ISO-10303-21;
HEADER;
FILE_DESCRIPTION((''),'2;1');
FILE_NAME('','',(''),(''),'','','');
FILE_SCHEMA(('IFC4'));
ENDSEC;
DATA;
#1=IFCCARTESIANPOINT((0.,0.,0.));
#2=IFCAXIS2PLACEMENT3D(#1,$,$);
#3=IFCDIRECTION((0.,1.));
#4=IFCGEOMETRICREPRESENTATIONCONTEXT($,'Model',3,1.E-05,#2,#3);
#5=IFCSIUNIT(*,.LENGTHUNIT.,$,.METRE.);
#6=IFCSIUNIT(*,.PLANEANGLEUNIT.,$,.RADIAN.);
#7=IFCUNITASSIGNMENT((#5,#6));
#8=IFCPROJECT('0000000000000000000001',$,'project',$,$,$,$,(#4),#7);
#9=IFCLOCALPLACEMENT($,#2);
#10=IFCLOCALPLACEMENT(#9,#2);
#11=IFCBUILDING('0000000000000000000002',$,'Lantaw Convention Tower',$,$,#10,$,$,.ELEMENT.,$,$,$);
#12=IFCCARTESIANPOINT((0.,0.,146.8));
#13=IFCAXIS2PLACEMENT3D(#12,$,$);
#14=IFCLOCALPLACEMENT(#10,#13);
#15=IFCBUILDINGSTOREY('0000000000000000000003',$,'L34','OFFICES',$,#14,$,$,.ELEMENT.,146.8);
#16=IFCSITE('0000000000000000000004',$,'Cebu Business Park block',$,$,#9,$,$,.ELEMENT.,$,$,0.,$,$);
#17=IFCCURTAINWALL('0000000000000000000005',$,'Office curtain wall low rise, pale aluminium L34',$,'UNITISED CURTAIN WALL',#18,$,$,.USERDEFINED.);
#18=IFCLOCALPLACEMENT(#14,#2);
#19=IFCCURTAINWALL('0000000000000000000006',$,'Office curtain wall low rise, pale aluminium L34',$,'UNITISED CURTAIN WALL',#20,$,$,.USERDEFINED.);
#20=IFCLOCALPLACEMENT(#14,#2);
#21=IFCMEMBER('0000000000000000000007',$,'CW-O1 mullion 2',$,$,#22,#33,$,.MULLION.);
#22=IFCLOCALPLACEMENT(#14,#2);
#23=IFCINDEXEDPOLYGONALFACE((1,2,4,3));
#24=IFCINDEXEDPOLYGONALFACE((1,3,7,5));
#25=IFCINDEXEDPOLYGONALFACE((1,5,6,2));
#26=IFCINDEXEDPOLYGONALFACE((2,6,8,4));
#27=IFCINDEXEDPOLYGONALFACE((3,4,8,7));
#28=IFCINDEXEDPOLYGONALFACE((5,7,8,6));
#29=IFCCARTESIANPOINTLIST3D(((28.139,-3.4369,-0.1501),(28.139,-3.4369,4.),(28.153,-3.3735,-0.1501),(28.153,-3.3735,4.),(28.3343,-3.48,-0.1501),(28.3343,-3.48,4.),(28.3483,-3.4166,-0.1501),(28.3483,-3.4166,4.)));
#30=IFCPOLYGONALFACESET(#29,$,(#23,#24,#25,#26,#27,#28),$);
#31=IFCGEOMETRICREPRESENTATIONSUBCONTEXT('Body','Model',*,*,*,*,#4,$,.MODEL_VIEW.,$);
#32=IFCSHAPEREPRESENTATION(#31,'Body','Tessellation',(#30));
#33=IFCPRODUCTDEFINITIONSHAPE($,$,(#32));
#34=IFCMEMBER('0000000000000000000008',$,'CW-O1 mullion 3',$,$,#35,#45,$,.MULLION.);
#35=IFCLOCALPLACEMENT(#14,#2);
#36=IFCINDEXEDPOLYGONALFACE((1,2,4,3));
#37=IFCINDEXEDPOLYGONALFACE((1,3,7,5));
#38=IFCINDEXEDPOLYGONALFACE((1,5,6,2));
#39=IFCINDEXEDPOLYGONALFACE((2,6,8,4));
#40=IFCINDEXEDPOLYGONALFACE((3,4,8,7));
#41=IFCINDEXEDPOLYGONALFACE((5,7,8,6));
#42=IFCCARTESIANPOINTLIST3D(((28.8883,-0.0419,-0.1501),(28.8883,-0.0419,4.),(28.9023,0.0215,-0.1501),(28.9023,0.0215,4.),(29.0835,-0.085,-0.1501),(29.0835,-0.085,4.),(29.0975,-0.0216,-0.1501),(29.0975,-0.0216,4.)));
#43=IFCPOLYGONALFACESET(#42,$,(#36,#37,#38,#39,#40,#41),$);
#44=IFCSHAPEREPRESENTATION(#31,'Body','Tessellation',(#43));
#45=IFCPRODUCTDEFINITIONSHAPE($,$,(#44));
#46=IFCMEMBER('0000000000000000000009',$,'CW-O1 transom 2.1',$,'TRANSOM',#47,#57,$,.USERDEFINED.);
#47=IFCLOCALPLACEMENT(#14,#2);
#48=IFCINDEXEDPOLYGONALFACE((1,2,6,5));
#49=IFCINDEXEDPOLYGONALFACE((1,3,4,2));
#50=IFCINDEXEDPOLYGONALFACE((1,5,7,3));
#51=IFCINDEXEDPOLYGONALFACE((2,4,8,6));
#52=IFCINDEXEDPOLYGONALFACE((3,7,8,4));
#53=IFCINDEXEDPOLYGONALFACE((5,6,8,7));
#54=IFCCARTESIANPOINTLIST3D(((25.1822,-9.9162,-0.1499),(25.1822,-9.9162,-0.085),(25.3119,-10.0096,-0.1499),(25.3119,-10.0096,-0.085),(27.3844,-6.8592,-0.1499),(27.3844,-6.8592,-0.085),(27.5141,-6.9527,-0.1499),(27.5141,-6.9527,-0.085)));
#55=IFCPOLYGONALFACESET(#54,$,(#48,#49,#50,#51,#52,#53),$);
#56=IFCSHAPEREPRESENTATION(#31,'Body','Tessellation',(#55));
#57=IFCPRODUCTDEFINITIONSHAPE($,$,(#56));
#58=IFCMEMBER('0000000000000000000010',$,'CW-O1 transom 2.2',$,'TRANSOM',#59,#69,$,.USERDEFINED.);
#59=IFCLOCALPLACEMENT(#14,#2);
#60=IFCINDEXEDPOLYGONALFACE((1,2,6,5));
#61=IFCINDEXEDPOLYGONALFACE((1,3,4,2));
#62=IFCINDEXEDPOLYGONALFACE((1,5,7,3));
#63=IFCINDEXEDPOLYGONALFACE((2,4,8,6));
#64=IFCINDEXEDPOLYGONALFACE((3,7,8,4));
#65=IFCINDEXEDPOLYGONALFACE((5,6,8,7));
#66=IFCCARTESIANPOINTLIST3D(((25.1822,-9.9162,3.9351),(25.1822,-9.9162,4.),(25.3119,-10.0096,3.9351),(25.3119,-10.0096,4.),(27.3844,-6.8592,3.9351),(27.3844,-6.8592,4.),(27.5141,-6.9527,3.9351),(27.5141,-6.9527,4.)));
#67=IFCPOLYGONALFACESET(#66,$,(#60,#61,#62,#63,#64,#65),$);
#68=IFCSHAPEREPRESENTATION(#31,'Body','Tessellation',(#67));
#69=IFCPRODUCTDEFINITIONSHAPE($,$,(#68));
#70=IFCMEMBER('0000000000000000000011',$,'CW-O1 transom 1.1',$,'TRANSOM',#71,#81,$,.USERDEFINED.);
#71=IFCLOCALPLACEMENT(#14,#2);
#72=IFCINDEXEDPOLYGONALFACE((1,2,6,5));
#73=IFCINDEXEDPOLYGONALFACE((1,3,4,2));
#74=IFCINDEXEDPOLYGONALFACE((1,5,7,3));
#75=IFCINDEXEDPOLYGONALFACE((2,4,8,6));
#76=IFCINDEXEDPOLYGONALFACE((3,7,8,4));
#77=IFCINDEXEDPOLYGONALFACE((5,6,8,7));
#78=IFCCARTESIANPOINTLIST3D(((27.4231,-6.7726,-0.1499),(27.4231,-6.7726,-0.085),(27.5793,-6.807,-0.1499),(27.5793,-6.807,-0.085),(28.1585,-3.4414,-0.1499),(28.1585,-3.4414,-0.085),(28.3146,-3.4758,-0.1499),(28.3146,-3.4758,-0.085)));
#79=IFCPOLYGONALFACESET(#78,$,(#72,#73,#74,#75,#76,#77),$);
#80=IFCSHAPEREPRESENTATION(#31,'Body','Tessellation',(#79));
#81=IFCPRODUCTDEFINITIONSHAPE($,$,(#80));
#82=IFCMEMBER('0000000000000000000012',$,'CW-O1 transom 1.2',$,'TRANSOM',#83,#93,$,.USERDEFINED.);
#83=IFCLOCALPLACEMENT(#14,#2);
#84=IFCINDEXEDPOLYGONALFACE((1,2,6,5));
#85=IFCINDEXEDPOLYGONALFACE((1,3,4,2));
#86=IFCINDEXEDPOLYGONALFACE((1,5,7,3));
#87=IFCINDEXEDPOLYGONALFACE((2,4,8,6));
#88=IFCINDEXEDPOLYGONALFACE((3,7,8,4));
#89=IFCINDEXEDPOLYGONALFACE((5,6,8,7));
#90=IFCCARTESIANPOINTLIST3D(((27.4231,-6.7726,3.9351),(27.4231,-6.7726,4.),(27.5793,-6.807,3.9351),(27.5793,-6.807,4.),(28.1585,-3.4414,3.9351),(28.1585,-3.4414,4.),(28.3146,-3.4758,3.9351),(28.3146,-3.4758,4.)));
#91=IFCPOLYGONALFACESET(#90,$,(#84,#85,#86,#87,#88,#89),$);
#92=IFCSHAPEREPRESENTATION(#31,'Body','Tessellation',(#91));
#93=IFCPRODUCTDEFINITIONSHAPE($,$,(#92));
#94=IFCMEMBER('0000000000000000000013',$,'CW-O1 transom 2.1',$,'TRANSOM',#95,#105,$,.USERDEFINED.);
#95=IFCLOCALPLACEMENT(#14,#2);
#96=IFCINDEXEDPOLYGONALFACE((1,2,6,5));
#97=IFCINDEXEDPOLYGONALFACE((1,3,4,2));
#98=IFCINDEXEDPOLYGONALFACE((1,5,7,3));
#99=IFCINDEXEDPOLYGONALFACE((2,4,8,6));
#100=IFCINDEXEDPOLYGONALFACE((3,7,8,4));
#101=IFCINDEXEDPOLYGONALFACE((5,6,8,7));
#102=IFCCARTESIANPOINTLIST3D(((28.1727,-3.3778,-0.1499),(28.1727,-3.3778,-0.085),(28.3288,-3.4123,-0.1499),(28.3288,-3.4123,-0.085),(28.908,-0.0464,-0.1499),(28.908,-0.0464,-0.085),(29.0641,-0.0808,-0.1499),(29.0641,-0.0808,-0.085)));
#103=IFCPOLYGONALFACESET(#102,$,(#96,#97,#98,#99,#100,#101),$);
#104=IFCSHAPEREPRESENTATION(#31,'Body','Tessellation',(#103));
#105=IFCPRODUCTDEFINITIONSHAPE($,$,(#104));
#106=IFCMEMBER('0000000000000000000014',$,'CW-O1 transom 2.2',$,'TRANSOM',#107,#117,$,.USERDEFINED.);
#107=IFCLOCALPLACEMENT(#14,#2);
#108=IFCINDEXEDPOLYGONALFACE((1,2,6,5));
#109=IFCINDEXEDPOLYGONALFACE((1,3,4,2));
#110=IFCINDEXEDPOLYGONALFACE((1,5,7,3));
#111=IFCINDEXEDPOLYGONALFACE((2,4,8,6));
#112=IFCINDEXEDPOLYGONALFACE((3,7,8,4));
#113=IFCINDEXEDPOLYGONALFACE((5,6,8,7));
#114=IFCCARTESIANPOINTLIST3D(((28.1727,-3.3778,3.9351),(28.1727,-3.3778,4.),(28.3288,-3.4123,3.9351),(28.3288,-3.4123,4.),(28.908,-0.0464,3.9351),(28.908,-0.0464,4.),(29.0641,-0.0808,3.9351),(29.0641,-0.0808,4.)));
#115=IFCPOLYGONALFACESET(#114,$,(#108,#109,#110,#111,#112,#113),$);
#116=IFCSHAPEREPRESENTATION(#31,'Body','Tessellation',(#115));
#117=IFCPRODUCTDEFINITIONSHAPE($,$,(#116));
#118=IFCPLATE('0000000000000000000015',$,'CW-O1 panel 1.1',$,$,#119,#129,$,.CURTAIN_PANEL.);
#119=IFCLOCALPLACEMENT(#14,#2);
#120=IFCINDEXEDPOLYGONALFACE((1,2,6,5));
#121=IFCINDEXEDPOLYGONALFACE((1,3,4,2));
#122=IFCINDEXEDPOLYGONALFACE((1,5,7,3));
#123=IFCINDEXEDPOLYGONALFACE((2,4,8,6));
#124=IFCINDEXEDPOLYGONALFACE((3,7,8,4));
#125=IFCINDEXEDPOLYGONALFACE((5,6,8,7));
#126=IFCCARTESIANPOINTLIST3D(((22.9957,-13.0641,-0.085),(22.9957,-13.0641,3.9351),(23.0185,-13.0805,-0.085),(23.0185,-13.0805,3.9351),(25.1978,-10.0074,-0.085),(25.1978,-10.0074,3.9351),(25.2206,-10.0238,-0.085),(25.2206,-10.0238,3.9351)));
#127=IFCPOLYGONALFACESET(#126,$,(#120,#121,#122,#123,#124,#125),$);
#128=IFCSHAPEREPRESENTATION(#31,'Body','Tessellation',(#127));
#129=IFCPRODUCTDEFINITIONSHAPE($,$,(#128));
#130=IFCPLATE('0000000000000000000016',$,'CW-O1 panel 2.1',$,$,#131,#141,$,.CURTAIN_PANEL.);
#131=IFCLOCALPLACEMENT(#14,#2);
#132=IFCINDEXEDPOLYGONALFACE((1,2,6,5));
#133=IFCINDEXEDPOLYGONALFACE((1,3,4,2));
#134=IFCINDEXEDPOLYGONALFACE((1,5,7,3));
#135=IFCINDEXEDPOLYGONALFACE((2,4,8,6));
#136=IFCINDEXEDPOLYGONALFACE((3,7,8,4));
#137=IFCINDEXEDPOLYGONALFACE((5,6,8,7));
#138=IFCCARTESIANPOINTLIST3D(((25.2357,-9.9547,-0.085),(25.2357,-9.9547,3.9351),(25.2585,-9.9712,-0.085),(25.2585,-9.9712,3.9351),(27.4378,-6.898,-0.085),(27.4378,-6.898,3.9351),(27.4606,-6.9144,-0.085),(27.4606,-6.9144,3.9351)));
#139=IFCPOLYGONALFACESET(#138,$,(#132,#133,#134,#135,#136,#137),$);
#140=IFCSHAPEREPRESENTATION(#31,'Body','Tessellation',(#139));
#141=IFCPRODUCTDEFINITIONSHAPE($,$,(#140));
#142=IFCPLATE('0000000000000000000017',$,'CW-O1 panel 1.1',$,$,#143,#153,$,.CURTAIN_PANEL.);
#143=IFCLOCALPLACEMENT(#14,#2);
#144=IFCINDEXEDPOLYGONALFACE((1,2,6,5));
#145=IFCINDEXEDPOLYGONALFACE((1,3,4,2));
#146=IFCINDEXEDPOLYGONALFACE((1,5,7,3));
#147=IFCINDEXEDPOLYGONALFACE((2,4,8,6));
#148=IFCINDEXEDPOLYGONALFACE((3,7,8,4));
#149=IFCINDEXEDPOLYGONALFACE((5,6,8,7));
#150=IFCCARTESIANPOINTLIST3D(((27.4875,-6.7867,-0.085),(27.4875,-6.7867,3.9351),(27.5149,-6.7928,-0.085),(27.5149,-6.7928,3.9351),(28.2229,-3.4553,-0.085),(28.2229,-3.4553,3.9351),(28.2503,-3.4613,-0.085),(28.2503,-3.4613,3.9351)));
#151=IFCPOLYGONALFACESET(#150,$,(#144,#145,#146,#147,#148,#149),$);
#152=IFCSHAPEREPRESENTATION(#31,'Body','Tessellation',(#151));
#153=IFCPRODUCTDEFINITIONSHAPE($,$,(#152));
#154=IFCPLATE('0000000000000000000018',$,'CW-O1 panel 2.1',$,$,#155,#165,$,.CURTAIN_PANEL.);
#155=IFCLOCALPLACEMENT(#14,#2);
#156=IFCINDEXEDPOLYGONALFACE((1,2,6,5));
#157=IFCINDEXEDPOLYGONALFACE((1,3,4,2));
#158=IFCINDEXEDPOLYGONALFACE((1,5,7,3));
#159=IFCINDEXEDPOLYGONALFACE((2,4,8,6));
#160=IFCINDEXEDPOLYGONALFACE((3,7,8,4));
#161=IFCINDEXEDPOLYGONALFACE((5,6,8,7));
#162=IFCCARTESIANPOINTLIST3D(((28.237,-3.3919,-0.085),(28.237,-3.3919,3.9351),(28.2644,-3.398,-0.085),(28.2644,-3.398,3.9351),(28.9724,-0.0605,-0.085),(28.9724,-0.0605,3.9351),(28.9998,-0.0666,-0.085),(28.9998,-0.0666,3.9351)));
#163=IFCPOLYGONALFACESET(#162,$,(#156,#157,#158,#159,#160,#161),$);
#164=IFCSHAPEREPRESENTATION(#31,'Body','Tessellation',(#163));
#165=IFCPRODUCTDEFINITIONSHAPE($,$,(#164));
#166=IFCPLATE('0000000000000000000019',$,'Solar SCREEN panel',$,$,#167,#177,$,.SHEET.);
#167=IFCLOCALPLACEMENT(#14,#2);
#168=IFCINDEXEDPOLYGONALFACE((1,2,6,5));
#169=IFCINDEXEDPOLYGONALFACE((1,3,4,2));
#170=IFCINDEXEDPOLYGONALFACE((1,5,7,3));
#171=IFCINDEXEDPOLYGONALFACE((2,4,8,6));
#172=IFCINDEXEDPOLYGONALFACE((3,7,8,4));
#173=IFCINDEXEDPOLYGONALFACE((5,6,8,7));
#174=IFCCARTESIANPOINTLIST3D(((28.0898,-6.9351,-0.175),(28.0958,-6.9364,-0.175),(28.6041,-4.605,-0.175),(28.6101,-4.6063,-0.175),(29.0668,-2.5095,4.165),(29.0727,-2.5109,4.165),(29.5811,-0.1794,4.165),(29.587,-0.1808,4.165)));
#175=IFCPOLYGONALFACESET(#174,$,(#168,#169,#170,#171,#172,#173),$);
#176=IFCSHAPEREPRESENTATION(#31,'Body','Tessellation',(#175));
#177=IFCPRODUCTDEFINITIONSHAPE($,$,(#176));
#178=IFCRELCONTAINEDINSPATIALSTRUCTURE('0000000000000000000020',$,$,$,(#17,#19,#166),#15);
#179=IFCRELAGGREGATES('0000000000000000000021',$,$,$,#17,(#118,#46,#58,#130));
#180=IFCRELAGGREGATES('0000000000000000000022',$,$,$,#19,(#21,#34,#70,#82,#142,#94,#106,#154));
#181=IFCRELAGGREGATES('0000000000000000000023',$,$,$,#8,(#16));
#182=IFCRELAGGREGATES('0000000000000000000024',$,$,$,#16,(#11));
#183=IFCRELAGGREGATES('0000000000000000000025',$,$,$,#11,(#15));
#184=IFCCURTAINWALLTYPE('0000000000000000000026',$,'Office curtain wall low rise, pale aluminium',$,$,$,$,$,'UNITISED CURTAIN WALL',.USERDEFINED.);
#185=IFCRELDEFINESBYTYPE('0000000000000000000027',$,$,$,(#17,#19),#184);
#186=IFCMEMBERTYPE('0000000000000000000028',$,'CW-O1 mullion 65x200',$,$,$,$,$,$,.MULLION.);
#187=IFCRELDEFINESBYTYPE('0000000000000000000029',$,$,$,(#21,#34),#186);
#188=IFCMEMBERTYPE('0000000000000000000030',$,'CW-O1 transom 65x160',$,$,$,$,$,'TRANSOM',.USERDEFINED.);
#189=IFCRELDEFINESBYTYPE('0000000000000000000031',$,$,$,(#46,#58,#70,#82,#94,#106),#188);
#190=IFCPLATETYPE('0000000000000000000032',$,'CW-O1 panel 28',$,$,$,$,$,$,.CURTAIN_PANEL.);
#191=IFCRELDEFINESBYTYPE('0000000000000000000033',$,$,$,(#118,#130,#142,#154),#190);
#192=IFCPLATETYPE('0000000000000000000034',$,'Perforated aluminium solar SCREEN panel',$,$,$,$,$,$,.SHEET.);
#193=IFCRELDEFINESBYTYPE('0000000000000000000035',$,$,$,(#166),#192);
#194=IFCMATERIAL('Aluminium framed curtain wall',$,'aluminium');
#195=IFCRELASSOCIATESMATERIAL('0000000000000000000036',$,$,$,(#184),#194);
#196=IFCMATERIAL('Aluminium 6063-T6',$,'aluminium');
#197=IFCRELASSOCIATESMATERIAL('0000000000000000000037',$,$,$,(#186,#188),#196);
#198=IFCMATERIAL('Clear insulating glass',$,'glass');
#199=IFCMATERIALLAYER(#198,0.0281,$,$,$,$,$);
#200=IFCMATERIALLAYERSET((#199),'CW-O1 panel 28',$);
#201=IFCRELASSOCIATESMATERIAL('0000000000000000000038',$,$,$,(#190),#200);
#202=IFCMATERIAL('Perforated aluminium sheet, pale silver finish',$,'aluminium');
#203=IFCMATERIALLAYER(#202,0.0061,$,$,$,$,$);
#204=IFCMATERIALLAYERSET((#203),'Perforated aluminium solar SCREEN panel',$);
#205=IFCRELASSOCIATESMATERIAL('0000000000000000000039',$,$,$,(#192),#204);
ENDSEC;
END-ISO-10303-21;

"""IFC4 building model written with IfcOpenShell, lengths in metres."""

from ifc_helpers import new_model, si_unit, direction, frame, origin, origin_2d, place, context, subcontext, project, spatial, polyline, rectangle, outline, extrude, material, layer, layer_set, material_profile, profile_set, type_object, element, aggregate, save


model = new_model("IFC4")

# Units and contexts
model_context = context("Model", 3, precision=1e-05, world=origin(), true_north=direction((0.0, 1.0)))
body_context = subcontext(model_context, "Body", "Model", "MODEL_VIEW")
ifc_project = project(units=[si_unit("LENGTHUNIT", "METRE"), si_unit("PLANEANGLEUNIT", "RADIAN")], contexts=[model_context])

# Site, building, storey
site_placement = place(None, origin())
site = spatial("IfcSite", under=ifc_project, at=site_placement, Name="Cebu Business Park block", CompositionType="ELEMENT", RefElevation=0.0)
building_placement = place(site_placement, origin())
building = spatial("IfcBuilding", under=site, at=building_placement, Name="Lantaw Convention Tower", CompositionType="ELEMENT")
storey_placement = place(building_placement, frame((0.0, 0.0, 146.8)))
storey = spatial("IfcBuildingStorey", under=building, at=storey_placement, Name="L34", Description="OFFICES", CompositionType="ELEMENT", Elevation=146.8)

# Curtain walls, members
ifc_material_1 = material(Name="Aluminium framed curtain wall", Category="aluminium")
curtain_wall_type = type_object("IfcCurtainWallType", Name="Office curtain wall low rise, pale aluminium", ElementType="UNITISED CURTAIN WALL", PredefinedType="USERDEFINED", material=ifc_material_1)
curtain_wall_1_placement = place(storey_placement, origin())
curtain_wall_1 = element("IfcCurtainWall", 1, at=curtain_wall_1_placement, inside=storey, type_object=curtain_wall_type, Name="Office curtain wall low rise, pale aluminium L34", ObjectType="UNITISED CURTAIN WALL", PredefinedType="USERDEFINED")
ifc_material_2 = material(Name="Aluminium 6063-T6", Category="aluminium")
ifc_material_profile_1 = material_profile(ifc_material_2, rectangle(XDim=0.2, YDim=0.0649, at=origin_2d()), Name="CW-O1 mullion 65x200")
ifc_profile_set_1 = profile_set([ifc_material_profile_1], Name="Aluminium 6063-T6")
member_type_1 = type_object("IfcMemberType", Name="CW-O1 mullion 65x200", PredefinedType="MULLION", material=ifc_profile_set_1)
curtain_wall_2_placement = place(storey_placement, origin())
curtain_wall_2 = element("IfcCurtainWall", 2, at=curtain_wall_2_placement, inside=storey, type_object=curtain_wall_type, Name="Office curtain wall low rise, pale aluminium L34", ObjectType="UNITISED CURTAIN WALL", PredefinedType="USERDEFINED")
member_1_placement = place(storey_placement, frame((28.2437, -3.4268, -0.1501), z_axis=(0.0, 0.0, 1.0), x_axis=(-0.976494, 0.215546, 0.0)))
member_1 = element("IfcMember", 3, at=member_1_placement, type_object=member_type_1, Name="CW-O1 mullion 2", PredefinedType="MULLION", context=body_context, shape_type="SweptSolid", body=[
    extrude(rectangle(XDim=0.2, YDim=0.0649, at=origin_2d()), origin(), (0.0, 0.0, 1.0), 4.1501),
])
member_2_placement = place(storey_placement, frame((28.9929, -0.0317, -0.1501), z_axis=(0.0, 0.0, 1.0), x_axis=(-0.976494, 0.215546, 0.0)))
member_2 = element("IfcMember", 4, at=member_2_placement, type_object=member_type_1, Name="CW-O1 mullion 3", PredefinedType="MULLION", context=body_context, shape_type="SweptSolid", body=[
    extrude(rectangle(XDim=0.2, YDim=0.0649, at=origin_2d()), origin(), (0.0, 0.0, 1.0), 4.1501),
])

# Members
ifc_material_profile_2 = material_profile(ifc_material_2, rectangle(XDim=0.1599, YDim=0.0649, at=origin_2d()), Name="CW-O1 transom 65x160")
ifc_profile_set_2 = profile_set([ifc_material_profile_2], Name="Aluminium 6063-T6")
member_type_2 = type_object("IfcMemberType", Name="CW-O1 transom 65x160", ElementType="TRANSOM", PredefinedType="USERDEFINED", material=ifc_profile_set_2)
member_3_placement = place(storey_placement, frame((25.2471, -9.9629, -0.1174), z_axis=(0.584513, 0.811384, 0.0), x_axis=(-0.811384, 0.584513, 0.0)))
member_3 = element("IfcMember", 5, at=member_3_placement, type_object=member_type_2, Name="CW-O1 transom 2.1", ObjectType="TRANSOM", PredefinedType="USERDEFINED", context=body_context, shape_type="SweptSolid", body=[
    extrude(rectangle(XDim=0.1599, YDim=0.0649, at=origin_2d()), origin(), (0.0, 0.0, 1.0), 3.7676),
])
member_4_placement = place(storey_placement, frame((25.2471, -9.9629, 3.9675), z_axis=(0.584513, 0.811384, 0.0), x_axis=(-0.811384, 0.584513, 0.0)))
member_4 = element("IfcMember", 6, at=member_4_placement, type_object=member_type_2, Name="CW-O1 transom 2.2", ObjectType="TRANSOM", PredefinedType="USERDEFINED", context=body_context, shape_type="SweptSolid", body=[
    extrude(rectangle(XDim=0.1599, YDim=0.0649, at=origin_2d()), origin(), (0.0, 0.0, 1.0), 3.7676),
])
member_5_placement = place(storey_placement, frame((27.5012, -6.7898, -0.1174), z_axis=(0.215551, 0.976493, 0.0), x_axis=(-0.976493, 0.215551, 0.0)))
member_5 = element("IfcMember", 7, at=member_5_placement, type_object=member_type_2, Name="CW-O1 transom 1.1", ObjectType="TRANSOM", PredefinedType="USERDEFINED", context=body_context, shape_type="SweptSolid", body=[
    extrude(rectangle(XDim=0.1599, YDim=0.0649, at=origin_2d()), origin(), (0.0, 0.0, 1.0), 3.4114),
])
member_6_placement = place(storey_placement, frame((27.5012, -6.7898, 3.9675), z_axis=(0.215551, 0.976493, 0.0), x_axis=(-0.976493, 0.215551, 0.0)))
member_6 = element("IfcMember", 8, at=member_6_placement, type_object=member_type_2, Name="CW-O1 transom 1.2", ObjectType="TRANSOM", PredefinedType="USERDEFINED", context=body_context, shape_type="SweptSolid", body=[
    extrude(rectangle(XDim=0.1599, YDim=0.0649, at=origin_2d()), origin(), (0.0, 0.0, 1.0), 3.4114),
])
member_7_placement = place(storey_placement, frame((28.2507, -3.395, -0.1174), z_axis=(0.215536, 0.976496, 0.0), x_axis=(-0.976496, 0.215536, 0.0)))
member_7 = element("IfcMember", 9, at=member_7_placement, type_object=member_type_2, Name="CW-O1 transom 2.1", ObjectType="TRANSOM", PredefinedType="USERDEFINED", context=body_context, shape_type="SweptSolid", body=[
    extrude(rectangle(XDim=0.1599, YDim=0.0649, at=origin_2d()), origin(), (0.0, 0.0, 1.0), 3.4116),
])
member_8_placement = place(storey_placement, frame((28.2507, -3.395, 3.9675), z_axis=(0.215536, 0.976496, 0.0), x_axis=(-0.976496, 0.215536, 0.0)))
member_8 = element("IfcMember", 10, at=member_8_placement, type_object=member_type_2, Name="CW-O1 transom 2.2", ObjectType="TRANSOM", PredefinedType="USERDEFINED", context=body_context, shape_type="SweptSolid", body=[
    extrude(rectangle(XDim=0.1599, YDim=0.0649, at=origin_2d()), origin(), (0.0, 0.0, 1.0), 3.4116),
])

# Plates
ifc_material_3 = material(Name="Clear insulating glass", Category="glass")
ifc_layer_1 = layer(ifc_material_3, 0.0281)
ifc_layer_set_1 = layer_set([ifc_layer_1], Name="CW-O1 panel 28")
plate_type_1 = type_object("IfcPlateType", Name="CW-O1 panel 28", PredefinedType="CURTAIN_PANEL", material=ifc_layer_set_1)
plate_1_placement = place(storey_placement, frame((24.1082, -11.5439, -0.085), z_axis=(0.0, 0.0, 1.0), x_axis=(0.584513, 0.811385, 0.0)))
plate_1 = element("IfcPlate", 11, at=plate_1_placement, type_object=plate_type_1, Name="CW-O1 panel 1.1", PredefinedType="CURTAIN_PANEL", context=body_context, shape_type="SweptSolid", body=[
    extrude(rectangle(XDim=3.7673, YDim=0.0281, at=origin_2d()), origin(), (0.0, 0.0, 1.0), 4.02),
])
plate_2_placement = place(storey_placement, frame((26.3481, -8.4346, -0.085), z_axis=(0.0, 0.0, 1.0), x_axis=(0.584513, 0.811385, 0.0)))
plate_2 = element("IfcPlate", 12, at=plate_2_placement, type_object=plate_type_1, Name="CW-O1 panel 2.1", PredefinedType="CURTAIN_PANEL", context=body_context, shape_type="SweptSolid", body=[
    extrude(rectangle(XDim=3.7673, YDim=0.0281, at=origin_2d()), origin(), (0.0, 0.0, 1.0), 4.02),
])
aggregate(curtain_wall_1, [plate_1, member_3, member_4, plate_2])
plate_3_placement = place(storey_placement, frame((27.8689, -5.124, -0.085), z_axis=(0.0, 0.0, 1.0), x_axis=(0.215546, 0.976494, 0.0)))
plate_3 = element("IfcPlate", 13, at=plate_3_placement, type_object=plate_type_1, Name="CW-O1 panel 1.1", PredefinedType="CURTAIN_PANEL", context=body_context, shape_type="SweptSolid", body=[
    extrude(rectangle(XDim=3.4116, YDim=0.0281, at=origin_2d()), origin(), (0.0, 0.0, 1.0), 4.02),
])
plate_4_placement = place(storey_placement, frame((28.6184, -1.7292, -0.085), z_axis=(0.0, 0.0, 1.0), x_axis=(0.215546, 0.976494, 0.0)))
plate_4 = element("IfcPlate", 14, at=plate_4_placement, type_object=plate_type_1, Name="CW-O1 panel 2.1", PredefinedType="CURTAIN_PANEL", context=body_context, shape_type="SweptSolid", body=[
    extrude(rectangle(XDim=3.4116, YDim=0.0281, at=origin_2d()), origin(), (0.0, 0.0, 1.0), 4.02),
])
aggregate(curtain_wall_2, [member_1, member_2, member_5, member_6, plate_3, member_7, member_8, plate_4])
ifc_material_4 = material(Name="Perforated aluminium sheet, pale silver finish", Category="aluminium")
ifc_layer_2 = layer(ifc_material_4, 0.0061)
ifc_layer_set_2 = layer_set([ifc_layer_2], Name="Perforated aluminium solar SCREEN panel")
plate_type_2 = type_object("IfcPlateType", Name="Perforated aluminium solar SCREEN panel", PredefinedType="SHEET", material=ifc_layer_set_2)
plate_5_placement = place(storey_placement, frame((28.0898, -6.9351, -0.175), z_axis=(-0.976498, 0.215527, 0.000033), x_axis=(0.215527, 0.976498, 0.0)))
element("IfcPlate", 15, at=plate_5_placement, inside=storey, type_object=plate_type_2, Name="Solar SCREEN panel", PredefinedType="SHEET", context=body_context, shape_type="SweptSolid", body=[
    extrude(outline(polyline([(0.0, 0.0), (2.3861, 0.0), (6.9182, -4.3401), (4.5321, -4.3401), (0.0, 0.0)])), origin(), (0.0, 0.0, -1.0), 0.0061),
])

save(model, "model.ifc")
